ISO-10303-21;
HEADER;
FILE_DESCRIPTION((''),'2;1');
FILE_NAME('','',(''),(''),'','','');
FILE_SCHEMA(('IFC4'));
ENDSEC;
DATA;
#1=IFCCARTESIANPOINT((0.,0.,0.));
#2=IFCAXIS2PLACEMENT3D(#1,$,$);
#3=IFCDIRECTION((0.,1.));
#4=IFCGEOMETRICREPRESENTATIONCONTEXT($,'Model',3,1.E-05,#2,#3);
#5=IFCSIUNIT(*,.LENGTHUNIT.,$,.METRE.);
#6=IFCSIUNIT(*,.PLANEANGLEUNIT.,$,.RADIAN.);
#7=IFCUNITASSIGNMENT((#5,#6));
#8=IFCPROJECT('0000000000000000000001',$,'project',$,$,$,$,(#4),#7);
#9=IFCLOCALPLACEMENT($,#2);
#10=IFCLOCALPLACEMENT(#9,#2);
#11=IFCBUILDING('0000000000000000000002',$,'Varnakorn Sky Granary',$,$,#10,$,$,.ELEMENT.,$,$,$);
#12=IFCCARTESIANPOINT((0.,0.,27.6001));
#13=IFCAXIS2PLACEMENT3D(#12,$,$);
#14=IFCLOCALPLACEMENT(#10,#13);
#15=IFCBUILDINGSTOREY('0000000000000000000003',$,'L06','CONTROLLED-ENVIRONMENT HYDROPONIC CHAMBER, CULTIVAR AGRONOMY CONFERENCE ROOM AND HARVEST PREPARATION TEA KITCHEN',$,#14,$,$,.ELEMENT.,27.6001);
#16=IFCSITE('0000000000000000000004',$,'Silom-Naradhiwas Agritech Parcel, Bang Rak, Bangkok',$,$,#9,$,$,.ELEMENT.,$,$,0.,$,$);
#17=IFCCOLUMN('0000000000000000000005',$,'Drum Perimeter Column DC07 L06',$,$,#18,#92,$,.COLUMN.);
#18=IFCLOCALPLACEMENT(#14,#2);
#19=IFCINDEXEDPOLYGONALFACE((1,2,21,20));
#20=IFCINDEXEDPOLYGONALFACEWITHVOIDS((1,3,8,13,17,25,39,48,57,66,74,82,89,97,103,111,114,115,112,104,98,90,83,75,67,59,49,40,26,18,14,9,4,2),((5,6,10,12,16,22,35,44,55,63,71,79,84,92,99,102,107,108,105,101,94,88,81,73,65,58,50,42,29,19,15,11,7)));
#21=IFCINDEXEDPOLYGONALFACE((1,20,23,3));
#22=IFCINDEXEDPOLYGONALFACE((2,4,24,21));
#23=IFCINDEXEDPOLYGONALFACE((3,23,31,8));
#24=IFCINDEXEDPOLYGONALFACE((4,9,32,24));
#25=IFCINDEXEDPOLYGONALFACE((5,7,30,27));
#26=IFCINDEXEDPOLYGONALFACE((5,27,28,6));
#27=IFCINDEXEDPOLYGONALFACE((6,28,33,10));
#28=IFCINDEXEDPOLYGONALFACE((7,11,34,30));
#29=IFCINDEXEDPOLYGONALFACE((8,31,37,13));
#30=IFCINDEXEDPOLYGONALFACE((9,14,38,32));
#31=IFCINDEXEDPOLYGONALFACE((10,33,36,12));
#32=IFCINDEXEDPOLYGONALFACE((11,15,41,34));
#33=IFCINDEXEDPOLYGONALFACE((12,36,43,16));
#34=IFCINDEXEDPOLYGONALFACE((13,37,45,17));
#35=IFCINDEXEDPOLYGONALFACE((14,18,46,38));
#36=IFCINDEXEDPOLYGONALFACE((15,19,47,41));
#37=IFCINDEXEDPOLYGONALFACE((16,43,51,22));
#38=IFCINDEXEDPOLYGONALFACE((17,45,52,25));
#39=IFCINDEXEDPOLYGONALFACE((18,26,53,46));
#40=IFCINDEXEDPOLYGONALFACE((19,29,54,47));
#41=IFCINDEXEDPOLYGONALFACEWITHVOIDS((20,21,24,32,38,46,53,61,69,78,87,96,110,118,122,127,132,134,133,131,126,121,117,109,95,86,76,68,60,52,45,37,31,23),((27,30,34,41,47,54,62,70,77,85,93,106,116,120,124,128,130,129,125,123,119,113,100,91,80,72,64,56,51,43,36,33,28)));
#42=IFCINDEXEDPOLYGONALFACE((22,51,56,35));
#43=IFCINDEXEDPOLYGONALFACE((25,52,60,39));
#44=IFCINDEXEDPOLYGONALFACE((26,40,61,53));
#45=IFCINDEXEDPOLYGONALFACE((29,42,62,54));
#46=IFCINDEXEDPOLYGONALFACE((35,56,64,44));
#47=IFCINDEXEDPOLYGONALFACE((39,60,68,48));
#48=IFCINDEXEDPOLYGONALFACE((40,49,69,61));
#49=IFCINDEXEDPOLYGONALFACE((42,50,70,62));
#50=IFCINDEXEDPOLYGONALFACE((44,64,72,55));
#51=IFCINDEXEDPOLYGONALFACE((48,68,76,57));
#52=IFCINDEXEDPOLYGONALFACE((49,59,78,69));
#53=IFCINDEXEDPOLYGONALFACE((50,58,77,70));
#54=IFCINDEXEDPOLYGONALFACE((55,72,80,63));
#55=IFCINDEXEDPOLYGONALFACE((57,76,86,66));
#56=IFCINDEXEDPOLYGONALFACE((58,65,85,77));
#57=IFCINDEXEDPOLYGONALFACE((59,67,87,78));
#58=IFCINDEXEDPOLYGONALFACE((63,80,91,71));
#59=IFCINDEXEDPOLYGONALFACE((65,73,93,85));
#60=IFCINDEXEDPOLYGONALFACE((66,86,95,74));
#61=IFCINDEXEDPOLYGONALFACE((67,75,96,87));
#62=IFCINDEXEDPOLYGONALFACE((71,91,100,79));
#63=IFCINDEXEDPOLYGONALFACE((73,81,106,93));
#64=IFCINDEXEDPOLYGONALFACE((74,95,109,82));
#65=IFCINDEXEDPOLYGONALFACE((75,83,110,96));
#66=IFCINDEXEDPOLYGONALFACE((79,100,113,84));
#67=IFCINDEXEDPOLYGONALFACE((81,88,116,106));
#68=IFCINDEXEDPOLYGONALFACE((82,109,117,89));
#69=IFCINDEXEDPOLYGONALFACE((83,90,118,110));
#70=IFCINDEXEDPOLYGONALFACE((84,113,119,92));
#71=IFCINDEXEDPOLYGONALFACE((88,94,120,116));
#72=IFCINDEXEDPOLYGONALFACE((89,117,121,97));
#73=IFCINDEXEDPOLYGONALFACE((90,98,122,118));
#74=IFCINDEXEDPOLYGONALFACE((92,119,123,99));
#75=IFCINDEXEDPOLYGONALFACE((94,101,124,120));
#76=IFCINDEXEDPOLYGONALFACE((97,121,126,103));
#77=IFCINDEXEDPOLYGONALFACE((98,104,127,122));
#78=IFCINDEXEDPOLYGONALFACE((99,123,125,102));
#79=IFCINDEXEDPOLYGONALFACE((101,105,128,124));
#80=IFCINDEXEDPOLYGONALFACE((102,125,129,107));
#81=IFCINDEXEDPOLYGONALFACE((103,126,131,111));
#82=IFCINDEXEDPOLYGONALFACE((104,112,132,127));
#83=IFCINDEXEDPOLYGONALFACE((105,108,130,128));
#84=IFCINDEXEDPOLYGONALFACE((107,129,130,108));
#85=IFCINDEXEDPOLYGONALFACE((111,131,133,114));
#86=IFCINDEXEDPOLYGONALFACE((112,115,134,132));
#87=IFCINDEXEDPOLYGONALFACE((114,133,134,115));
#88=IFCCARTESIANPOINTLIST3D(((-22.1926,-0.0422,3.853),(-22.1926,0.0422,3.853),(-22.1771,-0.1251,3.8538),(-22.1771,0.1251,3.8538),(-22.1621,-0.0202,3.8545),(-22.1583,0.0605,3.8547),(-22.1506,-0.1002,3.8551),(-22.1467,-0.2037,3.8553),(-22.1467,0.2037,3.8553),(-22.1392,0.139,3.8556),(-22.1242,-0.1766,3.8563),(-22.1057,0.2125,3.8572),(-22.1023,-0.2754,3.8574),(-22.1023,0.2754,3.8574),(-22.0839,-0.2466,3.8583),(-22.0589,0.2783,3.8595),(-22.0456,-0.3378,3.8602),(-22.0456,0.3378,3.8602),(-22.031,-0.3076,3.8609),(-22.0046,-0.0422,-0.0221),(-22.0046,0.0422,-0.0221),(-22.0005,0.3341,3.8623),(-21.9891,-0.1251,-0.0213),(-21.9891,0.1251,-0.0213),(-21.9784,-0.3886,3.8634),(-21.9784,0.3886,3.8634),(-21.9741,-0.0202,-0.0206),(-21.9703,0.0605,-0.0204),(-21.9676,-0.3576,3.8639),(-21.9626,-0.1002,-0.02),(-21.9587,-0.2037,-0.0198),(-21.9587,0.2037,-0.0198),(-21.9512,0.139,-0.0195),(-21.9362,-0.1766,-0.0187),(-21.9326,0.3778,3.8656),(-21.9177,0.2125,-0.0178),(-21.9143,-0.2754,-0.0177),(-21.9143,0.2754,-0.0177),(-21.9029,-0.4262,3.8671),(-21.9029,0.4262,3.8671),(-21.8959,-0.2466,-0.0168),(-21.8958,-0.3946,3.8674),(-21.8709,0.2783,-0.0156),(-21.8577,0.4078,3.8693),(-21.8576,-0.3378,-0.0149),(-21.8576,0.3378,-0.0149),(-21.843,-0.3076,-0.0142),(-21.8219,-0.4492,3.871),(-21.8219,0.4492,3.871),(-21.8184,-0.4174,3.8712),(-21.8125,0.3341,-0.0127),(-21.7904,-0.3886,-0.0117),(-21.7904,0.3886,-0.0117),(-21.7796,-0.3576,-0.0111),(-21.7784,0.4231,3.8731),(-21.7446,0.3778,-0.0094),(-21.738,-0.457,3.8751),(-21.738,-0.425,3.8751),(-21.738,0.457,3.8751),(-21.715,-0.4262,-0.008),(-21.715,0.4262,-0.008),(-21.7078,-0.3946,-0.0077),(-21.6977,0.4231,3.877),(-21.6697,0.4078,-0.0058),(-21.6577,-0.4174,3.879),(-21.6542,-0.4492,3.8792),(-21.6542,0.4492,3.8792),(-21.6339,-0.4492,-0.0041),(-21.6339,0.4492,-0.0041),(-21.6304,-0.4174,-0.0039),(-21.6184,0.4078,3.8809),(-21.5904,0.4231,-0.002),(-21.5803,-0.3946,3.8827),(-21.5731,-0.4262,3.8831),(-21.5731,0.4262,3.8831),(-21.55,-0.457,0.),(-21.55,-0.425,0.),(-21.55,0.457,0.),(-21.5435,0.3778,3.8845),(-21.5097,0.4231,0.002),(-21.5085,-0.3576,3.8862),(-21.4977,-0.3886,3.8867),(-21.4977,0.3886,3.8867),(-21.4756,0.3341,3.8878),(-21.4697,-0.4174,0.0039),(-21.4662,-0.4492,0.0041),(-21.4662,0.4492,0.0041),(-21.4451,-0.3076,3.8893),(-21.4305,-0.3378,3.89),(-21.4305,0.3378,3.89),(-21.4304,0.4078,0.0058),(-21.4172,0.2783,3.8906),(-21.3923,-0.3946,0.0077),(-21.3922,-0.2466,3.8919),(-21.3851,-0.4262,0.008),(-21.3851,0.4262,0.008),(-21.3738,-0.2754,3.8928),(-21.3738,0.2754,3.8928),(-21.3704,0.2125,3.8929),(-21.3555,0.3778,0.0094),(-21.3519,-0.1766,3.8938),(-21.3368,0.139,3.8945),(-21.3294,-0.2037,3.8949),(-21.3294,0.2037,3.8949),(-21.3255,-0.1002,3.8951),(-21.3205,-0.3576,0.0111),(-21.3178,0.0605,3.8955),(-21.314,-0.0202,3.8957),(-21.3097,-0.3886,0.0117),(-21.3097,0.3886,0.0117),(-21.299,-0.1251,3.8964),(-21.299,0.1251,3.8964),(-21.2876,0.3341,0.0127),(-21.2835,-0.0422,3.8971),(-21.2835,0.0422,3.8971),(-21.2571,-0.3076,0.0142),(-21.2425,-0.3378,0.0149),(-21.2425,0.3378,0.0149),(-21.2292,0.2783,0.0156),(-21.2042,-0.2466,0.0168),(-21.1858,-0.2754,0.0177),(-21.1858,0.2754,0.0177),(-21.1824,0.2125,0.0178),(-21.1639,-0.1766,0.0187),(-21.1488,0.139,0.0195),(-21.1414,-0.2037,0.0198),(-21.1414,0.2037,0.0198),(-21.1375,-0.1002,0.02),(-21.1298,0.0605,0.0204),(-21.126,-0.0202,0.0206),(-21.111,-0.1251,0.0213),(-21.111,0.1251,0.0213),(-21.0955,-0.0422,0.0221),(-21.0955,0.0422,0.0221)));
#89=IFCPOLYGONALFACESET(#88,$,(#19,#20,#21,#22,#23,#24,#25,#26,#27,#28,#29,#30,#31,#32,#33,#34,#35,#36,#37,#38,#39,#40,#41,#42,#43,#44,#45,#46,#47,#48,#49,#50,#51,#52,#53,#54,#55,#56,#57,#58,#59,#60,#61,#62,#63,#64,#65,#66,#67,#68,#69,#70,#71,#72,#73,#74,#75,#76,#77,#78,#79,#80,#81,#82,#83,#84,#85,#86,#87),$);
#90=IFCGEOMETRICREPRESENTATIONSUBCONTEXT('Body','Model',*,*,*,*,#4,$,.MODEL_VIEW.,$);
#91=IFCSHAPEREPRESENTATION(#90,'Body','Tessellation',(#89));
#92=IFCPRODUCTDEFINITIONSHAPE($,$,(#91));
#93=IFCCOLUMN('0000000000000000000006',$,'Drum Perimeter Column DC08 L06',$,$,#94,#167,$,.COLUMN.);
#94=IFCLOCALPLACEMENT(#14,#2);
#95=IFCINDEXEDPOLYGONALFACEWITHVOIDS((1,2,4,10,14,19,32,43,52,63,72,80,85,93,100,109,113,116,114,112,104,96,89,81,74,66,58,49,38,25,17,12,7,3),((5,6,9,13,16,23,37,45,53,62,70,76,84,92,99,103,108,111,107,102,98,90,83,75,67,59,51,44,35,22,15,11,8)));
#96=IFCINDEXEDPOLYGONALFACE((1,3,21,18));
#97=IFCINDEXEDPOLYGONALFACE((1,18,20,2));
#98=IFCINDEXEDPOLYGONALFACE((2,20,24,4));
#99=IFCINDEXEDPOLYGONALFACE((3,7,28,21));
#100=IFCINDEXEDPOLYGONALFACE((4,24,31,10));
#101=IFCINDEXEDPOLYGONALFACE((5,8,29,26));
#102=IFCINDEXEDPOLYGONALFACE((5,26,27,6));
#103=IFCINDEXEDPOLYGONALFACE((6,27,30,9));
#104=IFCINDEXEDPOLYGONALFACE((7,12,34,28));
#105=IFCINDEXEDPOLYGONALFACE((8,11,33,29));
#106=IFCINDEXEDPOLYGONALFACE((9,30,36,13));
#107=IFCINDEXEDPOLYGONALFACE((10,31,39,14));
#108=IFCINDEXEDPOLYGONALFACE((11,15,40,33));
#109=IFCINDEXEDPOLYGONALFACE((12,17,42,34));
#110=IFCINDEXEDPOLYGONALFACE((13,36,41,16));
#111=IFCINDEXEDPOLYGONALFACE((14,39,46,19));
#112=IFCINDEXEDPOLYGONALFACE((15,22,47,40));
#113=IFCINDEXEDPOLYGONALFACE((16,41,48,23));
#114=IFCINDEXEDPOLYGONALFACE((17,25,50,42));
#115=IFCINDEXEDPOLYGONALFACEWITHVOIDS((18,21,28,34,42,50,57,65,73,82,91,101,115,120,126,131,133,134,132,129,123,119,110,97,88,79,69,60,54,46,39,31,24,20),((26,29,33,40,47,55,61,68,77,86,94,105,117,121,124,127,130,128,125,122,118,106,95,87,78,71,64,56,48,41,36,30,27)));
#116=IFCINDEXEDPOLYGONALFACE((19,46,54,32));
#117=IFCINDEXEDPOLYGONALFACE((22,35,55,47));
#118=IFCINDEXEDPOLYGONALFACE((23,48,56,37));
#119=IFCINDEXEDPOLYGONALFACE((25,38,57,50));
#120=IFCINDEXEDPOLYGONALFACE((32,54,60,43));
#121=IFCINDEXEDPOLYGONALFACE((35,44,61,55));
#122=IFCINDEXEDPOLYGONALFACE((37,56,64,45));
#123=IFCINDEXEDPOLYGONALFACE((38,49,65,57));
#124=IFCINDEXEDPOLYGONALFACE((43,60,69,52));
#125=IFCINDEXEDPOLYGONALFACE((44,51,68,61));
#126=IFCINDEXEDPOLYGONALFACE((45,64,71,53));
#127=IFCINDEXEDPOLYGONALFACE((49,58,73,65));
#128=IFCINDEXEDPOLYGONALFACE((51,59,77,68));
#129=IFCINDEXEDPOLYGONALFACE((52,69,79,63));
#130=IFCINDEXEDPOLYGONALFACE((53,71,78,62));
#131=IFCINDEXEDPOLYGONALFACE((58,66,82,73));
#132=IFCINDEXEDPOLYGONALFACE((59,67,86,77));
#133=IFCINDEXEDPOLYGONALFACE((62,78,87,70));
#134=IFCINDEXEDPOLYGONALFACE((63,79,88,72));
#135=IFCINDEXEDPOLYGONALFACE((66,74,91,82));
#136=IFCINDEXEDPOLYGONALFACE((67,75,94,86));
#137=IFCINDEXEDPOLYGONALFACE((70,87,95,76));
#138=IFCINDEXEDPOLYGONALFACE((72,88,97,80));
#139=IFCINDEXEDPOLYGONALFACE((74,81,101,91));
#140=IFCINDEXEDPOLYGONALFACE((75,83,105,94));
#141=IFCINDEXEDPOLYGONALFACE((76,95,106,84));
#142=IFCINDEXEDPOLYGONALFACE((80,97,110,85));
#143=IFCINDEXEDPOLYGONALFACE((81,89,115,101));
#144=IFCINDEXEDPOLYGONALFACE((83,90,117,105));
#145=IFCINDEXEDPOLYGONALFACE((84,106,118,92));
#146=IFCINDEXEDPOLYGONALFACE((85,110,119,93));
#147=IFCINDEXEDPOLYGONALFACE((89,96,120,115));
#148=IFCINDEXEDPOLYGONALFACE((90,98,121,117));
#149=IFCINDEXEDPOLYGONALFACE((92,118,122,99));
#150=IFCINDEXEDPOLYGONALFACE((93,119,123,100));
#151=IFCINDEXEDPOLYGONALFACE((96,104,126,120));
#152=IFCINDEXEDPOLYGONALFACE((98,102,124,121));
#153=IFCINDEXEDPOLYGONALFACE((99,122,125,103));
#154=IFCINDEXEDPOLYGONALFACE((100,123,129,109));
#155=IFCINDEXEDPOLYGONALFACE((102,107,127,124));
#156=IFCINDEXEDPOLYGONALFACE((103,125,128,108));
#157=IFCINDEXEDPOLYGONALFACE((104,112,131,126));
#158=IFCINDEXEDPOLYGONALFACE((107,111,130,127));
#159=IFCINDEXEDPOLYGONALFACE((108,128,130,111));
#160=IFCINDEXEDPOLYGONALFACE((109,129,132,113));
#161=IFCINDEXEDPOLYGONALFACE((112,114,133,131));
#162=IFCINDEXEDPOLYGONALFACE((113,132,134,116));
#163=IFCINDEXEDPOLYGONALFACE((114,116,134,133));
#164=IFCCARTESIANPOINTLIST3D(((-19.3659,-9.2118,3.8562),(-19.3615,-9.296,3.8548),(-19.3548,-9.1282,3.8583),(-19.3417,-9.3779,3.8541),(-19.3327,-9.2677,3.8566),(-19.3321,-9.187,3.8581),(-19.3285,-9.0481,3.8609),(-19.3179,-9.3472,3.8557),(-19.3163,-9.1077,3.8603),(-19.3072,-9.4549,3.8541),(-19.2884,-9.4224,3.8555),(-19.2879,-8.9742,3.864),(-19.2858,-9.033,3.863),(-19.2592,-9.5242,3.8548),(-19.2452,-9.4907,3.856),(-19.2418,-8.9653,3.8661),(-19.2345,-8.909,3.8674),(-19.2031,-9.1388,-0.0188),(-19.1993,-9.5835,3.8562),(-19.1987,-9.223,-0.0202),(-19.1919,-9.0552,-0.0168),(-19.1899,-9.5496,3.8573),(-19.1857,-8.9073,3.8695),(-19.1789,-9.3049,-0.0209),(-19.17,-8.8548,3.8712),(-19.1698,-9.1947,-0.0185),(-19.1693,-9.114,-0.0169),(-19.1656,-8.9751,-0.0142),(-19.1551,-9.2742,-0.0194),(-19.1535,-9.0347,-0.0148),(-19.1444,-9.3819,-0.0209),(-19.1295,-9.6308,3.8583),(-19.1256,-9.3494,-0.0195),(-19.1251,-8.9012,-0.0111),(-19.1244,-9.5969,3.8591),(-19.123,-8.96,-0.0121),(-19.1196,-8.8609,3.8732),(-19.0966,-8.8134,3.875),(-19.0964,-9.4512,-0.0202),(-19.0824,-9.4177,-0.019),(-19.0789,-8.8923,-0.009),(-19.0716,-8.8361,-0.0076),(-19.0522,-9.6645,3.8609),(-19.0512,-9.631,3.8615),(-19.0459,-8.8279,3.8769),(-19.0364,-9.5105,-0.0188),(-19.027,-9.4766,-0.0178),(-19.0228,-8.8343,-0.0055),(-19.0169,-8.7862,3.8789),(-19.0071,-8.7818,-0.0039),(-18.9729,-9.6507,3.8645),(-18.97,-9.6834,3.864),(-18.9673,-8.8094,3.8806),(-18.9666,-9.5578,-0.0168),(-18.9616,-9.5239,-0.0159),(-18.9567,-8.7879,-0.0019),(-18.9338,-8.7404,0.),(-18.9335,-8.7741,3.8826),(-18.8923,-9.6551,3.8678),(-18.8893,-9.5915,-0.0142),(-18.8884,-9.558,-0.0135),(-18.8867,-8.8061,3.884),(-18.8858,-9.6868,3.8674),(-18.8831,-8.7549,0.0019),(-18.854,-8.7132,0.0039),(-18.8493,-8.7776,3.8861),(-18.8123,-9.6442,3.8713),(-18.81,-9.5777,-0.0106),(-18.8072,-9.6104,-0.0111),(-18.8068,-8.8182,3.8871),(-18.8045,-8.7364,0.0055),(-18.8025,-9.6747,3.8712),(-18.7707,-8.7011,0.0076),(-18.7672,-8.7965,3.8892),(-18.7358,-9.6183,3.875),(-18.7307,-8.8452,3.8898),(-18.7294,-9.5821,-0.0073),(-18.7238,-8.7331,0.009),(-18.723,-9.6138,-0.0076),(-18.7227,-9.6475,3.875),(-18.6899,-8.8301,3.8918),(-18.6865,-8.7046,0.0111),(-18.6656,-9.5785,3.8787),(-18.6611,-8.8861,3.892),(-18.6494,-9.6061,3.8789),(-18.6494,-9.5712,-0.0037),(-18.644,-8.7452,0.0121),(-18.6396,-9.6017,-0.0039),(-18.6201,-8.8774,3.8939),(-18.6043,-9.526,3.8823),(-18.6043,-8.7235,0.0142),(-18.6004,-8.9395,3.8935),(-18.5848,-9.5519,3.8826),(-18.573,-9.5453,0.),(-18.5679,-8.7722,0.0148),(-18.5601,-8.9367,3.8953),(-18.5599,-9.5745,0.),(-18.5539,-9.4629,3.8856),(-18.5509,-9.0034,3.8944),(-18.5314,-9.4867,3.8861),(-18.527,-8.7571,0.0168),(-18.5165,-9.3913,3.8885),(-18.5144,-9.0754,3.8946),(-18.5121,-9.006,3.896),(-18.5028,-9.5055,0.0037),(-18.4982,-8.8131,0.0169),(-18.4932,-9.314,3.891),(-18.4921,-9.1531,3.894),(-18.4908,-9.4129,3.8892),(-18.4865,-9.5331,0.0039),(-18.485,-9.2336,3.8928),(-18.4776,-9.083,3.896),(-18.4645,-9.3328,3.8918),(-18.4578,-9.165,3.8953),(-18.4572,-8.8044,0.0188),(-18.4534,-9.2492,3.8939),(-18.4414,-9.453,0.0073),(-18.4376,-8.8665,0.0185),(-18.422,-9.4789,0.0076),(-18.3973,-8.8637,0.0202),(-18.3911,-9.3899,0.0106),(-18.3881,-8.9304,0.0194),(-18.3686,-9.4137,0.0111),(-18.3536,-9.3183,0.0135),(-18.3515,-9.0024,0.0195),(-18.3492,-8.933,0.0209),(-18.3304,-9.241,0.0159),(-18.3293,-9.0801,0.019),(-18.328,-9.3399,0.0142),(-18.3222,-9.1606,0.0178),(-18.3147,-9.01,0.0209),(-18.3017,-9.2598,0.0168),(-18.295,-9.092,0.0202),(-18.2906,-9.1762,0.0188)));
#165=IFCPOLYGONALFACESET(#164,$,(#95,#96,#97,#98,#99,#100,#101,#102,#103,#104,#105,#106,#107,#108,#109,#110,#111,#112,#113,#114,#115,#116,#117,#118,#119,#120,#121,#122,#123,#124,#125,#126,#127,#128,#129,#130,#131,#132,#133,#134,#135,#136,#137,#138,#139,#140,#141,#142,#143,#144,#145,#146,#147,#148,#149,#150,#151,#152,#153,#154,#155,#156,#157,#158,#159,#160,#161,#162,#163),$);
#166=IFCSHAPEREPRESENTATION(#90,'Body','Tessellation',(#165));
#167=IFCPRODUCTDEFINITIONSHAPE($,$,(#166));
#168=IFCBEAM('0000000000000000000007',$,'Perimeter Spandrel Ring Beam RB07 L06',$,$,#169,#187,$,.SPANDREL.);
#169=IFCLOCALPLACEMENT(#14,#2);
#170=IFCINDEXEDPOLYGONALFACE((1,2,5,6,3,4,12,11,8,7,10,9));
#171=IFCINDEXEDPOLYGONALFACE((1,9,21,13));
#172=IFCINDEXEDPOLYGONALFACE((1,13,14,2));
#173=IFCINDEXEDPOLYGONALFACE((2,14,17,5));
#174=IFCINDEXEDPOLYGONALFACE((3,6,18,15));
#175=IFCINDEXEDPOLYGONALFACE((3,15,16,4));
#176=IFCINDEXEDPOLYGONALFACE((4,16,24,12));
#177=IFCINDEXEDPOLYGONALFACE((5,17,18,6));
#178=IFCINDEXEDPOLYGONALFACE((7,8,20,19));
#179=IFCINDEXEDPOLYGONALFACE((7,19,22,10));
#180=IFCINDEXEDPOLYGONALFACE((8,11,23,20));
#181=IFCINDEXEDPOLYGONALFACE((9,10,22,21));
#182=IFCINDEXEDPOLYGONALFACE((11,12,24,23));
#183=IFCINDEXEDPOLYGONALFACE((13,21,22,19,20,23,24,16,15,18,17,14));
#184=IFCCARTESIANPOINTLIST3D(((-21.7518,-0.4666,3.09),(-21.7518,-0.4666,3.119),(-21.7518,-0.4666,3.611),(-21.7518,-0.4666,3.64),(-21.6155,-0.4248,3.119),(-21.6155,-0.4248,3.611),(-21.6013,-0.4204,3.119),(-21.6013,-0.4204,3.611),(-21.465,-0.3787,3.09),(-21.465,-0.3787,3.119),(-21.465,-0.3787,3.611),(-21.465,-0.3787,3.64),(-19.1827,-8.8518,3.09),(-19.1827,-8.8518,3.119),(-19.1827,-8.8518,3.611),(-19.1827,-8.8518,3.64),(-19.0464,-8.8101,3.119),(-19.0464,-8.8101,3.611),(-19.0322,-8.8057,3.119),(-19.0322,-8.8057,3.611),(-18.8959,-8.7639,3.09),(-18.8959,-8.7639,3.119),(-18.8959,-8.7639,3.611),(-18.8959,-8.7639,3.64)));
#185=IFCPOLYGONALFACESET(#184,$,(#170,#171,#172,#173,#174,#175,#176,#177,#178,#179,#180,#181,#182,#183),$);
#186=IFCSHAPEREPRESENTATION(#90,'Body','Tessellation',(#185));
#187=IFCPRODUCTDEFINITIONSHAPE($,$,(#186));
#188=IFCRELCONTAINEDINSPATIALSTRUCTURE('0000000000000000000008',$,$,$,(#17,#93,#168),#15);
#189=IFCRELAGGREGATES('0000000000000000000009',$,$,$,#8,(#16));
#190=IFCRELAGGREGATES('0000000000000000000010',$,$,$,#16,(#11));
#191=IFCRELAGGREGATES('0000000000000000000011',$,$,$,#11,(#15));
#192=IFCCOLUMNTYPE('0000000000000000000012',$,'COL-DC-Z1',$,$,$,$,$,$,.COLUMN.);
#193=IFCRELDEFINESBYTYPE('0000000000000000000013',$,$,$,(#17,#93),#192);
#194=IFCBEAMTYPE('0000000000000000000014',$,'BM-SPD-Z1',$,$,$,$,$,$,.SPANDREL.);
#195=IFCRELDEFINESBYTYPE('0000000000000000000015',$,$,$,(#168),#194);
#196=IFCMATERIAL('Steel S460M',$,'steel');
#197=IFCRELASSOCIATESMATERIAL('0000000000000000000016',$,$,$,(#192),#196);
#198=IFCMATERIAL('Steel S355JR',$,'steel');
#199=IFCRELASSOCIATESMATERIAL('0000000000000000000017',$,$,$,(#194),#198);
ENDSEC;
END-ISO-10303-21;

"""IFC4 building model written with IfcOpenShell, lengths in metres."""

from ifc_helpers import new_model, si_unit, direction, frame, origin, origin_2d, place, context, subcontext, project, spatial, hollow_circle, i_section, extrude, material, material_profile, profile_set, type_object, element, save


model = new_model("IFC4")

# Units and contexts
model_context = context("Model", 3, precision=1e-05, world=origin(), true_north=direction((0.0, 1.0)))
body_context = subcontext(model_context, "Body", "Model", "MODEL_VIEW")
ifc_project = project(units=[si_unit("LENGTHUNIT", "METRE"), si_unit("PLANEANGLEUNIT", "RADIAN")], contexts=[model_context])

# Site, building, storey
site_placement = place(None, origin())
site = spatial("IfcSite", under=ifc_project, at=site_placement, Name="Silom-Naradhiwas Agritech Parcel, Bang Rak, Bangkok", CompositionType="ELEMENT", RefElevation=0.0)
building_placement = place(site_placement, origin())
building = spatial("IfcBuilding", under=site, at=building_placement, Name="Varnakorn Sky Granary", CompositionType="ELEMENT")
storey_placement = place(building_placement, frame((0.0, 0.0, 27.6001)))
storey = spatial("IfcBuildingStorey", under=building, at=storey_placement, Name="L06", Description="CONTROLLED-ENVIRONMENT HYDROPONIC CHAMBER, CULTIVAR AGRONOMY CONFERENCE ROOM AND HARVEST PREPARATION TEA KITCHEN", CompositionType="ELEMENT", Elevation=27.6001)

# Columns
ifc_material_1 = material(Name="Steel S460M", Category="steel")
ifc_material_profile_1 = material_profile(ifc_material_1, hollow_circle(Radius=0.457, WallThickness=0.032, at=origin_2d()), Name="CHS 914x32")
ifc_profile_set_1 = profile_set([ifc_material_profile_1], Name="Steel S460M")
column_type = type_object("IfcColumnType", Name="COL-DC-Z1", PredefinedType="COLUMN", material=ifc_profile_set_1)
column_1_placement = place(storey_placement, frame((-21.55, 0.0, 0.0), z_axis=(-0.048456, 0.0, 0.998825), x_axis=(0.0, -1.0, 0.0)))
element("IfcColumn", 1, at=column_1_placement, inside=storey, type_object=column_type, Name="Drum Perimeter Column DC07 L06", PredefinedType="COLUMN", context=body_context, shape_type="SweptSolid", body=[
    extrude(hollow_circle(Radius=0.457, WallThickness=0.032, at=origin_2d()), origin(), (0.0, 0.0, 1.0), 3.8796),
])
column_2_placement = place(storey_placement, frame((-18.7468, -9.1575, 0.0), z_axis=(-0.041979, -0.018818, 0.998941), x_axis=(0.409056, -0.912509, 0.0)))
element("IfcColumn", 2, at=column_2_placement, inside=storey, type_object=column_type, Name="Drum Perimeter Column DC08 L06", PredefinedType="COLUMN", context=body_context, shape_type="SweptSolid", body=[
    extrude(hollow_circle(Radius=0.457, WallThickness=0.032, at=origin_2d()), origin(), (0.0, 0.0, 1.0), 3.8792),
])

# Beam
ifc_material_2 = material(Name="Steel S355JR", Category="steel")
ifc_material_profile_2 = material_profile(ifc_material_2, i_section(OverallWidth=0.3, OverallDepth=0.55, WebThickness=0.0149, FlangeThickness=0.0291, at=origin_2d()), Name="HE 550 B")
ifc_profile_set_2 = profile_set([ifc_material_profile_2], Name="Steel S355JR")
beam_type = type_object("IfcBeamType", Name="BM-SPD-Z1", PredefinedType="SPANDREL", material=ifc_profile_set_2)
beam_1_placement = place(storey_placement, frame((-21.6084, -0.4226, 3.365), z_axis=(0.292941, -0.95613, 0.0), x_axis=(0.95613, 0.292941, 0.0)))
element("IfcBeam", 3, at=beam_1_placement, inside=storey, type_object=beam_type, Name="Perimeter Spandrel Ring Beam RB07 L06", PredefinedType="SPANDREL", context=body_context, shape_type="SweptSolid", body=[
    extrude(i_section(OverallWidth=0.3, OverallDepth=0.55, WebThickness=0.0149, FlangeThickness=0.0291, at=origin_2d()), origin(), (0.0, 0.0, 1.0), 8.77),
])

save(model, "model.ifc")
